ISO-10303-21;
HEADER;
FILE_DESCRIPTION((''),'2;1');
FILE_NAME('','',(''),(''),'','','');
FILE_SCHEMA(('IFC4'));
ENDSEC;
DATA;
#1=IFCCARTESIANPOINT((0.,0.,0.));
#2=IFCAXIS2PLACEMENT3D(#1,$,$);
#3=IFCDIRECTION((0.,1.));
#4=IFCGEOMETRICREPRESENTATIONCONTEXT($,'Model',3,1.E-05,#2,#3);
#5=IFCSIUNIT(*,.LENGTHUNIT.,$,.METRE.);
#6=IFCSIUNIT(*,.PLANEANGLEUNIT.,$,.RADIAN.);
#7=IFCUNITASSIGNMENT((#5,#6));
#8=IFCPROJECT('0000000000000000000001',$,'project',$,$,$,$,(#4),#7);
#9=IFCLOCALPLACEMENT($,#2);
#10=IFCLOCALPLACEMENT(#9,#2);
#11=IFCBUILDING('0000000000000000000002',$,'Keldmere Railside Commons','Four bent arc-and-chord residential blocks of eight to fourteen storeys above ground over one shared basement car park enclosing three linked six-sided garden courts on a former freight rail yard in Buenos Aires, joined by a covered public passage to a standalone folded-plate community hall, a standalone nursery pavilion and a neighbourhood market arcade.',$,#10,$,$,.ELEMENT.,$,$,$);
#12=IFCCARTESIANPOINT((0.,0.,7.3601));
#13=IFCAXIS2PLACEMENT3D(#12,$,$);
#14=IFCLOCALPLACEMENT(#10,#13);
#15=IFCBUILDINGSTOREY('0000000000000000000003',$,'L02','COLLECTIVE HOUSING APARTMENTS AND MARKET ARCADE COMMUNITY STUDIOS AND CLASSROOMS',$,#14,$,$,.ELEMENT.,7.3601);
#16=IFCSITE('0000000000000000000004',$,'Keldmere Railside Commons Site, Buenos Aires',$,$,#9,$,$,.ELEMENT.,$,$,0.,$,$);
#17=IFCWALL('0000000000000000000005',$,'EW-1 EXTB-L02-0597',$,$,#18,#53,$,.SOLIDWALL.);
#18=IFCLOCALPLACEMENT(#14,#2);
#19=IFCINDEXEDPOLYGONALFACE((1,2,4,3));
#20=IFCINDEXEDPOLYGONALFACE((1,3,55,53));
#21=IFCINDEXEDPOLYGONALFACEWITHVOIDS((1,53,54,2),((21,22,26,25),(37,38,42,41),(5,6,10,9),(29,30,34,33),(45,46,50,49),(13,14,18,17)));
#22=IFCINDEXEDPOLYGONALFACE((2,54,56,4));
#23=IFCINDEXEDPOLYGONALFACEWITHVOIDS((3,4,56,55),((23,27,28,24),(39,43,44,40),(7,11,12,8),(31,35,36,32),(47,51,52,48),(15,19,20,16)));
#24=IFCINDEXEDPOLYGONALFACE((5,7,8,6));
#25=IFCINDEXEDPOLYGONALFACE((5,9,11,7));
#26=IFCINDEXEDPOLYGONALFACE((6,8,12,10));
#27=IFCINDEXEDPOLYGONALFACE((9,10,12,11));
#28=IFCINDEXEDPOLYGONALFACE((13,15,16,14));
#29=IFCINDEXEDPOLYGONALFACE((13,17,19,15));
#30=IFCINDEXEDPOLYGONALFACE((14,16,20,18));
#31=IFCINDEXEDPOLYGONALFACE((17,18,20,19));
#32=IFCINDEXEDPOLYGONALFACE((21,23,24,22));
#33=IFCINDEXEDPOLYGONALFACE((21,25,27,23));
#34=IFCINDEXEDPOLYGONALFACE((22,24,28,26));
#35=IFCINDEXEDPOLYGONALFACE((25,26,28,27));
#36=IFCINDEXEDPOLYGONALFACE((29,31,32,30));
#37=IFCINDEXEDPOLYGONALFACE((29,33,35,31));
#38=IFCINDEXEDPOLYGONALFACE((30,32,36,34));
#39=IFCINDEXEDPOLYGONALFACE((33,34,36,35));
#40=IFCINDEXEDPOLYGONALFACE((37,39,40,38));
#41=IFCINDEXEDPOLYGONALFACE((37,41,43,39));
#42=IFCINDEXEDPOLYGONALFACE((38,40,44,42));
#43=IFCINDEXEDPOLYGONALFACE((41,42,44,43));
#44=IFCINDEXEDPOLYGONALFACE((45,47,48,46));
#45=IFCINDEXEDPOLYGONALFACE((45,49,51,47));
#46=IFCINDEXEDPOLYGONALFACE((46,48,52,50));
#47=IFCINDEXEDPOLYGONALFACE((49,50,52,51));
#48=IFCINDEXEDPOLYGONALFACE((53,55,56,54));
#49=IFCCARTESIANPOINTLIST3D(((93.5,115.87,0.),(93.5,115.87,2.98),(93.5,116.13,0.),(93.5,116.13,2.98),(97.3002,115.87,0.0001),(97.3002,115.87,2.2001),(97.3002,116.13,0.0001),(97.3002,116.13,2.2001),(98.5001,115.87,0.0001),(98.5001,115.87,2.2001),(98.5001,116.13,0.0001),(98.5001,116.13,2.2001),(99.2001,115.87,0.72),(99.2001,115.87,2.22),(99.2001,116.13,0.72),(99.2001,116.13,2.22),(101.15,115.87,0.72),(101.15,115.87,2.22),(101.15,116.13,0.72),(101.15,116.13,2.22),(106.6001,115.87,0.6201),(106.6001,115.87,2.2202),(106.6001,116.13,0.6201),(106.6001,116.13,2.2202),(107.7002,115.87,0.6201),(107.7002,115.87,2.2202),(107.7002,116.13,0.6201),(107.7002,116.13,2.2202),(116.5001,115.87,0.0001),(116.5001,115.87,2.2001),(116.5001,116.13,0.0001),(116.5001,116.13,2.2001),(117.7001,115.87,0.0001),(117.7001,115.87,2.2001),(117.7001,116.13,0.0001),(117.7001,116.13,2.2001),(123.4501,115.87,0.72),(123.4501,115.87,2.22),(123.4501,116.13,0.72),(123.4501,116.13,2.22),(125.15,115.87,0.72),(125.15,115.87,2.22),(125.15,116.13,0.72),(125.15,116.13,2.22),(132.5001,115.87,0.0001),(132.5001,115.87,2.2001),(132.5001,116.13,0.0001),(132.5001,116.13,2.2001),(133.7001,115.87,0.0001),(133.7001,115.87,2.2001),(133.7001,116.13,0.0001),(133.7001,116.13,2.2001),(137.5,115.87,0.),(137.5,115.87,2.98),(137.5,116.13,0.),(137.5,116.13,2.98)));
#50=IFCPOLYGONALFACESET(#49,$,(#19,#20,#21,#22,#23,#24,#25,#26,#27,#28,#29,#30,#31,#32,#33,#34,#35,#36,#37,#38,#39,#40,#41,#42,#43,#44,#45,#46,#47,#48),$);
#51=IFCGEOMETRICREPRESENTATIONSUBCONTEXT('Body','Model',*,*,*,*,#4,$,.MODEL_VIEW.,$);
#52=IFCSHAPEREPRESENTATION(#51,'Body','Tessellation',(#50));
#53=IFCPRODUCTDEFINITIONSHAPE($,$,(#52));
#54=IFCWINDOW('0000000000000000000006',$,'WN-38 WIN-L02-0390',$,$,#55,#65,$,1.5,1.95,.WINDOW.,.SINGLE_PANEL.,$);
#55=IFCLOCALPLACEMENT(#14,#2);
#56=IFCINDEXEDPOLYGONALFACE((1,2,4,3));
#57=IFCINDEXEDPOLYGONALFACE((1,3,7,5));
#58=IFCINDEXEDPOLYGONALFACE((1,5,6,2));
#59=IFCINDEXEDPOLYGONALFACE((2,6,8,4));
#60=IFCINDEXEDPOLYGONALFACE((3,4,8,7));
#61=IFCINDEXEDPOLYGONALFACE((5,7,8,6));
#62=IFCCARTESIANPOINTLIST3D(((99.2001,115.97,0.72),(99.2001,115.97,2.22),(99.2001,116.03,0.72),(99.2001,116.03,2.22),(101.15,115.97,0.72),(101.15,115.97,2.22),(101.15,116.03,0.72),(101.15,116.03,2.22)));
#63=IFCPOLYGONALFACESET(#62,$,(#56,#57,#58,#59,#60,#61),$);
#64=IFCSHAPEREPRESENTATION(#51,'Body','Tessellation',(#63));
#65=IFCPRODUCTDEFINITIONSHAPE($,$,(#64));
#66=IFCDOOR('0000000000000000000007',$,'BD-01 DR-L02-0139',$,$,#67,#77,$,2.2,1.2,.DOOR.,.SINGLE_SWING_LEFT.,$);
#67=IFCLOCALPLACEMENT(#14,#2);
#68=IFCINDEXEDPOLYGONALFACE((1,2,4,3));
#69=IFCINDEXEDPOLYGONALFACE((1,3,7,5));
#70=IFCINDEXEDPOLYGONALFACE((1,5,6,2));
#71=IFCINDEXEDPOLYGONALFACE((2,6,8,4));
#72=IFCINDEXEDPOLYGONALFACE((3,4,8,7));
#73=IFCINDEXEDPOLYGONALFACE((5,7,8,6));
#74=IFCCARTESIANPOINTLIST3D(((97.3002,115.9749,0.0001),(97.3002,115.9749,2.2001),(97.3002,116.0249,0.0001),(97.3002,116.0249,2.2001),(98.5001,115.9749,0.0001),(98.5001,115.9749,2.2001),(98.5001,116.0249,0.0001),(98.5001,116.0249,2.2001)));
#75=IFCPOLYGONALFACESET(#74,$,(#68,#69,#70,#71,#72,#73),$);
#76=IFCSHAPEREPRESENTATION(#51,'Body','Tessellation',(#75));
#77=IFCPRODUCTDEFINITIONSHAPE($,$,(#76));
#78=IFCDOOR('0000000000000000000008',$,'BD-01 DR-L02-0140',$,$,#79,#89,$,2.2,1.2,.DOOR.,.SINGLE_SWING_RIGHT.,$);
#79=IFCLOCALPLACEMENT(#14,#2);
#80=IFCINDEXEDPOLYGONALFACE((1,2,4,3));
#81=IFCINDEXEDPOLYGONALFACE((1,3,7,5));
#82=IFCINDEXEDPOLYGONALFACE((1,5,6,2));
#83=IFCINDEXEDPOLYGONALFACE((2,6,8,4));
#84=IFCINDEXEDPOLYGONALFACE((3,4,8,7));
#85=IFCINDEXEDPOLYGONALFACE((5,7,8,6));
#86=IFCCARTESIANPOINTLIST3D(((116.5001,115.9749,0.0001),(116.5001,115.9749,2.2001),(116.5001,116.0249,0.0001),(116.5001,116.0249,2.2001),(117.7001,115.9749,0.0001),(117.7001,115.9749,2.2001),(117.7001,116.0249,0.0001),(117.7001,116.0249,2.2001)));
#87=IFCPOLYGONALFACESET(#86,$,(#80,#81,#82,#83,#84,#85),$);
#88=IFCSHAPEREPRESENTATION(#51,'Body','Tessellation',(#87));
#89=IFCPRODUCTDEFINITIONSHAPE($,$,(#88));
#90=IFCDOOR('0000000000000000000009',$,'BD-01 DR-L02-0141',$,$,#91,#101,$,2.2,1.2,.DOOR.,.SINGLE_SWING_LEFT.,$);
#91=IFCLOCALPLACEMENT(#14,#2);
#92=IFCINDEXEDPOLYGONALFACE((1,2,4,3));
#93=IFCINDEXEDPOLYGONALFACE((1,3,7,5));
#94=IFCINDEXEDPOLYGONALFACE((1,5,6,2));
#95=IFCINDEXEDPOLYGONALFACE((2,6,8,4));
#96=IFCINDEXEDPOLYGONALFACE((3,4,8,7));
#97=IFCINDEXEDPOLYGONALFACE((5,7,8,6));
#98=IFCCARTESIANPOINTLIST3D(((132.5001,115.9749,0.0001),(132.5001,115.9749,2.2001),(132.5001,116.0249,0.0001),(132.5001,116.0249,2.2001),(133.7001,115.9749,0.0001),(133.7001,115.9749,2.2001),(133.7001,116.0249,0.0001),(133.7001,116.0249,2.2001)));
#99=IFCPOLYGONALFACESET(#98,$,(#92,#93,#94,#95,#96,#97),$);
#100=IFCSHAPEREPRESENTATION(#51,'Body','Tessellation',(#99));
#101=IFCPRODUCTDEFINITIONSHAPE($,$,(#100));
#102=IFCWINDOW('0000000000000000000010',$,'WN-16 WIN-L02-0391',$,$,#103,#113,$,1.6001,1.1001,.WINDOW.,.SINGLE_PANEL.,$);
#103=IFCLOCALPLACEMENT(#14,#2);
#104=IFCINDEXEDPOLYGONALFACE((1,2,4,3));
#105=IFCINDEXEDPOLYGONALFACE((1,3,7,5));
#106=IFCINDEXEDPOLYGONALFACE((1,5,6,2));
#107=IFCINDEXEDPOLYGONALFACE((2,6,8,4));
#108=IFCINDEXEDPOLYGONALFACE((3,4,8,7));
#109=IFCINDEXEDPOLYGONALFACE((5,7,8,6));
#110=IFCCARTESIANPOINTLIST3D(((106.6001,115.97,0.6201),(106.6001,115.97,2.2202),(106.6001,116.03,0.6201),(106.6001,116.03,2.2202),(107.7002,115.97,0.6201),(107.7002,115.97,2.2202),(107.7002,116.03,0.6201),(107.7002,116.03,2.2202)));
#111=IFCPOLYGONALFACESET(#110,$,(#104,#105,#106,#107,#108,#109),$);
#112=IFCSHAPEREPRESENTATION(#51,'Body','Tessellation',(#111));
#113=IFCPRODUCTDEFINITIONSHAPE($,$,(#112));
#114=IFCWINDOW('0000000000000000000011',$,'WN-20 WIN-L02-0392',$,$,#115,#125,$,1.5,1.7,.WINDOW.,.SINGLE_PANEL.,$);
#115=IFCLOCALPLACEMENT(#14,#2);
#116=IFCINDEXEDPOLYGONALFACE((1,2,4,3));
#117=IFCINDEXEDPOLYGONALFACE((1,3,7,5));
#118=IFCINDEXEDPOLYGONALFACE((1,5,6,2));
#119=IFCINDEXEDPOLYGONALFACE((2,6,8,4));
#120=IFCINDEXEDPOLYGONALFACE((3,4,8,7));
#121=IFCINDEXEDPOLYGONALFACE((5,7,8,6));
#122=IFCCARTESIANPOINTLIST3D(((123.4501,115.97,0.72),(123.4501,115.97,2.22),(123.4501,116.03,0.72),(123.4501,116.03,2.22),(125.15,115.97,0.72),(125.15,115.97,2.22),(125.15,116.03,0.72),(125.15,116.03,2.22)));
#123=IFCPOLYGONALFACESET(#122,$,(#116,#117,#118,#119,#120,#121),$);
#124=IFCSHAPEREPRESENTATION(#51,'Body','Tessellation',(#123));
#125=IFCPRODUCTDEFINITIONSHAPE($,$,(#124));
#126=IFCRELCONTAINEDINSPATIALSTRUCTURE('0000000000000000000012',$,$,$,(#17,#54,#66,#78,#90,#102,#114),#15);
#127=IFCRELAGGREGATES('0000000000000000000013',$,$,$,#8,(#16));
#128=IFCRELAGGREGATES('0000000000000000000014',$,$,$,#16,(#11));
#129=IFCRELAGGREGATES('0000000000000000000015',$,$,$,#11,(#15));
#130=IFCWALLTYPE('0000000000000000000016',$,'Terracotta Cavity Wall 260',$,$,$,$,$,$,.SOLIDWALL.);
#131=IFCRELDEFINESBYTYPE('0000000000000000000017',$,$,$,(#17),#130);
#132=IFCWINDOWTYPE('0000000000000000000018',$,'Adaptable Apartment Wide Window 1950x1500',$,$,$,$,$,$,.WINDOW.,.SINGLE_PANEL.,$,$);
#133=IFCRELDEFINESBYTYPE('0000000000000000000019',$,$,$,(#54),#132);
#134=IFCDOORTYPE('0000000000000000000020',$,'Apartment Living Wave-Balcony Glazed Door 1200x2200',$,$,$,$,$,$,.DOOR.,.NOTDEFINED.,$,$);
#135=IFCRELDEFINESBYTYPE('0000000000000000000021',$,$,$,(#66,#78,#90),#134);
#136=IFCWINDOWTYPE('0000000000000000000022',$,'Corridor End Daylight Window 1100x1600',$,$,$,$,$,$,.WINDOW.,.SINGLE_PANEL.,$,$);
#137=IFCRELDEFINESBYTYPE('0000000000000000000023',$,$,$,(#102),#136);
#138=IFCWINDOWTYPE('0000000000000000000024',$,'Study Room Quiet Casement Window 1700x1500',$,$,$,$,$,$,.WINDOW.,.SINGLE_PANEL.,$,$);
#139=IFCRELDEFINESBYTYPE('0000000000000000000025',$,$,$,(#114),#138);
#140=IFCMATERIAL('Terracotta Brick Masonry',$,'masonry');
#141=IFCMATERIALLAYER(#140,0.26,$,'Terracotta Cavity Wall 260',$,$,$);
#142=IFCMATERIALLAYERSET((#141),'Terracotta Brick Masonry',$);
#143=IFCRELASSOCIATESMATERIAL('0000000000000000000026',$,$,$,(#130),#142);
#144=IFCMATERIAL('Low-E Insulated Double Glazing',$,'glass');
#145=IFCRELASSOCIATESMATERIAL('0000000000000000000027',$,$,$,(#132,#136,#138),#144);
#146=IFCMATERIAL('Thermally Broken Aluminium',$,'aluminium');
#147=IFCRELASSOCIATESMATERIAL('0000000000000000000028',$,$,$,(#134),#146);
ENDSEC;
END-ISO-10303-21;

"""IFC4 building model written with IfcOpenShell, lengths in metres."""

from ifc_helpers import new_model, si_unit, direction, frame, frame_2d, origin, place, context, subcontext, project, spatial, rectangle, extrude, material, layer, layer_set, type_object, element, fill, save


model = new_model("IFC4")

# Units and contexts
model_context = context("Model", 3, precision=1e-05, world=origin(), true_north=direction((0.0, 1.0)))
body_context = subcontext(model_context, "Body", "Model", "MODEL_VIEW")
ifc_project = project(units=[si_unit("LENGTHUNIT", "METRE"), si_unit("PLANEANGLEUNIT", "RADIAN")], contexts=[model_context])

# Site, building, storey
site_placement = place(None, origin())
site = spatial("IfcSite", under=ifc_project, at=site_placement, Name="Keldmere Railside Commons Site, Buenos Aires", CompositionType="ELEMENT", RefElevation=0.0)
building_placement = place(site_placement, origin())
building = spatial("IfcBuilding", under=site, at=building_placement, Name="Keldmere Railside Commons", Description="Four bent arc-and-chord residential blocks of eight to fourteen storeys above ground over one shared basement car park enclosing three linked six-sided garden courts on a former freight rail yard in Buenos Aires, joined by a covered public passage to a standalone folded-plate community hall, a standalone nursery pavilion and a neighbourhood market arcade.", CompositionType="ELEMENT")
storey_placement = place(building_placement, frame((0.0, 0.0, 7.3601)))
storey = spatial("IfcBuildingStorey", under=building, at=storey_placement, Name="L02", Description="COLLECTIVE HOUSING APARTMENTS AND MARKET ARCADE COMMUNITY STUDIOS AND CLASSROOMS", CompositionType="ELEMENT", Elevation=7.3601)

# Wall, openings, windows, doors
ifc_material_1 = material(Name="Terracotta Brick Masonry", Category="masonry")
ifc_layer_1 = layer(ifc_material_1, 0.26, Name="Terracotta Cavity Wall 260")
ifc_layer_set_1 = layer_set([ifc_layer_1], Name="Terracotta Brick Masonry")
wall_type_1 = type_object("IfcWallType", Name="Terracotta Cavity Wall 260", PredefinedType="SOLIDWALL", material=ifc_layer_set_1)
wall_1_placement = place(storey_placement, frame((93.5, 116.0, 0.0), z_axis=(0.0, 0.0, 1.0), x_axis=(1.0, 0.0, 0.0)))
wall_1 = element("IfcWall", 1, at=wall_1_placement, inside=storey, type_object=wall_type_1, Name="EW-1 EXTB-L02-0597", PredefinedType="SOLIDWALL", context=body_context, shape_type="SweptSolid", body=[
    extrude(rectangle(XDim=44.0, YDim=0.26, at=frame_2d((22.0, 0.0))), origin(), (0.0, 0.0, 1.0), 2.98),
])
opening_1_placement = place(wall_1_placement, frame((3.8, 0.0, 0.0)))
opening_1 = element("IfcOpeningElement", 2, at=opening_1_placement, cuts=wall_1, PredefinedType="OPENING", context=body_context, shape_type="SweptSolid", body=[
    extrude(rectangle(XDim=1.2, YDim=2.2, at=frame_2d((0.6001, 1.1001))), frame((0.0, 0.1399, 0.0), z_axis=(0.0, -1.0, 0.0), x_axis=(1.0, 0.0, 0.0)), (0.0, 0.0, 1.0), 0.28),
])
opening_2_placement = place(wall_1_placement, frame((5.7, 0.0, 0.72)))
opening_2 = element("IfcOpeningElement", 3, at=opening_2_placement, cuts=wall_1, PredefinedType="OPENING", context=body_context, shape_type="SweptSolid", body=[
    extrude(rectangle(XDim=1.95, YDim=1.5, at=frame_2d((0.9751, 0.75))), frame((0.0, 0.1399, 0.0), z_axis=(0.0, -1.0, 0.0), x_axis=(1.0, 0.0, 0.0)), (0.0, 0.0, 1.0), 0.28),
])
opening_3_placement = place(wall_1_placement, frame((13.1001, 0.0, 0.6201)))
opening_3 = element("IfcOpeningElement", 4, at=opening_3_placement, cuts=wall_1, PredefinedType="OPENING", context=body_context, shape_type="SweptSolid", body=[
    extrude(rectangle(XDim=1.1001, YDim=1.6001, at=frame_2d((0.55, 0.8))), frame((0.0, 0.1399, 0.0), z_axis=(0.0, -1.0, 0.0), x_axis=(1.0, 0.0, 0.0)), (0.0, 0.0, 1.0), 0.28),
])
opening_4_placement = place(wall_1_placement, frame((23.0, 0.0, 0.0)))
opening_4 = element("IfcOpeningElement", 5, at=opening_4_placement, cuts=wall_1, PredefinedType="OPENING", context=body_context, shape_type="SweptSolid", body=[
    extrude(rectangle(XDim=1.2, YDim=2.2, at=frame_2d((0.6001, 1.1001))), frame((0.0, 0.1399, 0.0), z_axis=(0.0, -1.0, 0.0), x_axis=(1.0, 0.0, 0.0)), (0.0, 0.0, 1.0), 0.28),
])
opening_5_placement = place(wall_1_placement, frame((29.95, 0.0, 0.72)))
opening_5 = element("IfcOpeningElement", 6, at=opening_5_placement, cuts=wall_1, PredefinedType="OPENING", context=body_context, shape_type="SweptSolid", body=[
    extrude(rectangle(XDim=1.7, YDim=1.5, at=frame_2d((0.8501, 0.75))), frame((0.0, 0.1399, 0.0), z_axis=(0.0, -1.0, 0.0), x_axis=(1.0, 0.0, 0.0)), (0.0, 0.0, 1.0), 0.28),
])
opening_6_placement = place(wall_1_placement, frame((39.0, 0.0, 0.0)))
opening_6 = element("IfcOpeningElement", 7, at=opening_6_placement, cuts=wall_1, PredefinedType="OPENING", context=body_context, shape_type="SweptSolid", body=[
    extrude(rectangle(XDim=1.2, YDim=2.2, at=frame_2d((0.6001, 1.1001))), frame((0.0, 0.1399, 0.0), z_axis=(0.0, -1.0, 0.0), x_axis=(1.0, 0.0, 0.0)), (0.0, 0.0, 1.0), 0.28),
])
ifc_material_2 = material(Name="Low-E Insulated Double Glazing", Category="glass")
window_type_1 = type_object("IfcWindowType", Name="Adaptable Apartment Wide Window 1950x1500", PartitioningType="SINGLE_PANEL", PredefinedType="WINDOW", material=ifc_material_2)
window_1_placement = place(opening_2_placement, origin())
window_1 = element("IfcWindow", 8, at=window_1_placement, inside=storey, type_object=window_type_1, Name="WN-38 WIN-L02-0390", OverallHeight=1.5, OverallWidth=1.95, PartitioningType="SINGLE_PANEL", PredefinedType="WINDOW", context=body_context, shape_type="SweptSolid", body=[
    extrude(rectangle(XDim=1.95, YDim=1.5, at=frame_2d((0.9751, 0.75))), frame((0.0, 0.03, 0.0), z_axis=(0.0, -1.0, 0.0), x_axis=(1.0, 0.0, 0.0)), (0.0, 0.0, 1.0), 0.0601),
])
fill(opening_2, window_1)
ifc_material_3 = material(Name="Thermally Broken Aluminium", Category="aluminium")
door_type_1 = type_object("IfcDoorType", Name="Apartment Living Wave-Balcony Glazed Door 1200x2200", OperationType="NOTDEFINED", PredefinedType="DOOR", material=ifc_material_3)
door_1_placement = place(opening_1_placement, origin())
door_1 = element("IfcDoor", 9, at=door_1_placement, inside=storey, type_object=door_type_1, Name="BD-01 DR-L02-0139", OperationType="SINGLE_SWING_LEFT", OverallHeight=2.2, OverallWidth=1.2, PredefinedType="DOOR", context=body_context, shape_type="SweptSolid", body=[
    extrude(rectangle(XDim=1.2, YDim=2.2, at=frame_2d((0.6001, 1.1001))), frame((0.0, 0.0249, 0.0), z_axis=(0.0, -1.0, 0.0), x_axis=(1.0, 0.0, 0.0)), (0.0, 0.0, 1.0), 0.05),
])
fill(opening_1, door_1)
door_2_placement = place(opening_4_placement, origin())
door_2 = element("IfcDoor", 10, at=door_2_placement, inside=storey, type_object=door_type_1, Name="BD-01 DR-L02-0140", OperationType="SINGLE_SWING_RIGHT", OverallHeight=2.2, OverallWidth=1.2, PredefinedType="DOOR", context=body_context, shape_type="SweptSolid", body=[
    extrude(rectangle(XDim=1.2, YDim=2.2, at=frame_2d((0.6001, 1.1001))), frame((0.0, 0.0249, 0.0), z_axis=(0.0, -1.0, 0.0), x_axis=(1.0, 0.0, 0.0)), (0.0, 0.0, 1.0), 0.05),
])
fill(opening_4, door_2)
door_3_placement = place(opening_6_placement, origin())
door_3 = element("IfcDoor", 11, at=door_3_placement, inside=storey, type_object=door_type_1, Name="BD-01 DR-L02-0141", OperationType="SINGLE_SWING_LEFT", OverallHeight=2.2, OverallWidth=1.2, PredefinedType="DOOR", context=body_context, shape_type="SweptSolid", body=[
    extrude(rectangle(XDim=1.2, YDim=2.2, at=frame_2d((0.6001, 1.1001))), frame((0.0, 0.0249, 0.0), z_axis=(0.0, -1.0, 0.0), x_axis=(1.0, 0.0, 0.0)), (0.0, 0.0, 1.0), 0.05),
])
fill(opening_6, door_3)
window_type_2 = type_object("IfcWindowType", Name="Corridor End Daylight Window 1100x1600", PartitioningType="SINGLE_PANEL", PredefinedType="WINDOW", material=ifc_material_2)
window_2_placement = place(opening_3_placement, origin())
window_2 = element("IfcWindow", 12, at=window_2_placement, inside=storey, type_object=window_type_2, Name="WN-16 WIN-L02-0391", OverallHeight=1.6001, OverallWidth=1.1001, PartitioningType="SINGLE_PANEL", PredefinedType="WINDOW", context=body_context, shape_type="SweptSolid", body=[
    extrude(rectangle(XDim=1.1001, YDim=1.6001, at=frame_2d((0.55, 0.8))), frame((0.0, 0.03, 0.0), z_axis=(0.0, -1.0, 0.0), x_axis=(1.0, 0.0, 0.0)), (0.0, 0.0, 1.0), 0.0601),
])
fill(opening_3, window_2)
window_type_3 = type_object("IfcWindowType", Name="Study Room Quiet Casement Window 1700x1500", PartitioningType="SINGLE_PANEL", PredefinedType="WINDOW", material=ifc_material_2)
window_3_placement = place(opening_5_placement, origin())
window_3 = element("IfcWindow", 13, at=window_3_placement, inside=storey, type_object=window_type_3, Name="WN-20 WIN-L02-0392", OverallHeight=1.5, OverallWidth=1.7, PartitioningType="SINGLE_PANEL", PredefinedType="WINDOW", context=body_context, shape_type="SweptSolid", body=[
    extrude(rectangle(XDim=1.7, YDim=1.5, at=frame_2d((0.8501, 0.75))), frame((0.0, 0.03, 0.0), z_axis=(0.0, -1.0, 0.0), x_axis=(1.0, 0.0, 0.0)), (0.0, 0.0, 1.0), 0.0601),
])
fill(opening_5, window_3)

save(model, "model.ifc")
